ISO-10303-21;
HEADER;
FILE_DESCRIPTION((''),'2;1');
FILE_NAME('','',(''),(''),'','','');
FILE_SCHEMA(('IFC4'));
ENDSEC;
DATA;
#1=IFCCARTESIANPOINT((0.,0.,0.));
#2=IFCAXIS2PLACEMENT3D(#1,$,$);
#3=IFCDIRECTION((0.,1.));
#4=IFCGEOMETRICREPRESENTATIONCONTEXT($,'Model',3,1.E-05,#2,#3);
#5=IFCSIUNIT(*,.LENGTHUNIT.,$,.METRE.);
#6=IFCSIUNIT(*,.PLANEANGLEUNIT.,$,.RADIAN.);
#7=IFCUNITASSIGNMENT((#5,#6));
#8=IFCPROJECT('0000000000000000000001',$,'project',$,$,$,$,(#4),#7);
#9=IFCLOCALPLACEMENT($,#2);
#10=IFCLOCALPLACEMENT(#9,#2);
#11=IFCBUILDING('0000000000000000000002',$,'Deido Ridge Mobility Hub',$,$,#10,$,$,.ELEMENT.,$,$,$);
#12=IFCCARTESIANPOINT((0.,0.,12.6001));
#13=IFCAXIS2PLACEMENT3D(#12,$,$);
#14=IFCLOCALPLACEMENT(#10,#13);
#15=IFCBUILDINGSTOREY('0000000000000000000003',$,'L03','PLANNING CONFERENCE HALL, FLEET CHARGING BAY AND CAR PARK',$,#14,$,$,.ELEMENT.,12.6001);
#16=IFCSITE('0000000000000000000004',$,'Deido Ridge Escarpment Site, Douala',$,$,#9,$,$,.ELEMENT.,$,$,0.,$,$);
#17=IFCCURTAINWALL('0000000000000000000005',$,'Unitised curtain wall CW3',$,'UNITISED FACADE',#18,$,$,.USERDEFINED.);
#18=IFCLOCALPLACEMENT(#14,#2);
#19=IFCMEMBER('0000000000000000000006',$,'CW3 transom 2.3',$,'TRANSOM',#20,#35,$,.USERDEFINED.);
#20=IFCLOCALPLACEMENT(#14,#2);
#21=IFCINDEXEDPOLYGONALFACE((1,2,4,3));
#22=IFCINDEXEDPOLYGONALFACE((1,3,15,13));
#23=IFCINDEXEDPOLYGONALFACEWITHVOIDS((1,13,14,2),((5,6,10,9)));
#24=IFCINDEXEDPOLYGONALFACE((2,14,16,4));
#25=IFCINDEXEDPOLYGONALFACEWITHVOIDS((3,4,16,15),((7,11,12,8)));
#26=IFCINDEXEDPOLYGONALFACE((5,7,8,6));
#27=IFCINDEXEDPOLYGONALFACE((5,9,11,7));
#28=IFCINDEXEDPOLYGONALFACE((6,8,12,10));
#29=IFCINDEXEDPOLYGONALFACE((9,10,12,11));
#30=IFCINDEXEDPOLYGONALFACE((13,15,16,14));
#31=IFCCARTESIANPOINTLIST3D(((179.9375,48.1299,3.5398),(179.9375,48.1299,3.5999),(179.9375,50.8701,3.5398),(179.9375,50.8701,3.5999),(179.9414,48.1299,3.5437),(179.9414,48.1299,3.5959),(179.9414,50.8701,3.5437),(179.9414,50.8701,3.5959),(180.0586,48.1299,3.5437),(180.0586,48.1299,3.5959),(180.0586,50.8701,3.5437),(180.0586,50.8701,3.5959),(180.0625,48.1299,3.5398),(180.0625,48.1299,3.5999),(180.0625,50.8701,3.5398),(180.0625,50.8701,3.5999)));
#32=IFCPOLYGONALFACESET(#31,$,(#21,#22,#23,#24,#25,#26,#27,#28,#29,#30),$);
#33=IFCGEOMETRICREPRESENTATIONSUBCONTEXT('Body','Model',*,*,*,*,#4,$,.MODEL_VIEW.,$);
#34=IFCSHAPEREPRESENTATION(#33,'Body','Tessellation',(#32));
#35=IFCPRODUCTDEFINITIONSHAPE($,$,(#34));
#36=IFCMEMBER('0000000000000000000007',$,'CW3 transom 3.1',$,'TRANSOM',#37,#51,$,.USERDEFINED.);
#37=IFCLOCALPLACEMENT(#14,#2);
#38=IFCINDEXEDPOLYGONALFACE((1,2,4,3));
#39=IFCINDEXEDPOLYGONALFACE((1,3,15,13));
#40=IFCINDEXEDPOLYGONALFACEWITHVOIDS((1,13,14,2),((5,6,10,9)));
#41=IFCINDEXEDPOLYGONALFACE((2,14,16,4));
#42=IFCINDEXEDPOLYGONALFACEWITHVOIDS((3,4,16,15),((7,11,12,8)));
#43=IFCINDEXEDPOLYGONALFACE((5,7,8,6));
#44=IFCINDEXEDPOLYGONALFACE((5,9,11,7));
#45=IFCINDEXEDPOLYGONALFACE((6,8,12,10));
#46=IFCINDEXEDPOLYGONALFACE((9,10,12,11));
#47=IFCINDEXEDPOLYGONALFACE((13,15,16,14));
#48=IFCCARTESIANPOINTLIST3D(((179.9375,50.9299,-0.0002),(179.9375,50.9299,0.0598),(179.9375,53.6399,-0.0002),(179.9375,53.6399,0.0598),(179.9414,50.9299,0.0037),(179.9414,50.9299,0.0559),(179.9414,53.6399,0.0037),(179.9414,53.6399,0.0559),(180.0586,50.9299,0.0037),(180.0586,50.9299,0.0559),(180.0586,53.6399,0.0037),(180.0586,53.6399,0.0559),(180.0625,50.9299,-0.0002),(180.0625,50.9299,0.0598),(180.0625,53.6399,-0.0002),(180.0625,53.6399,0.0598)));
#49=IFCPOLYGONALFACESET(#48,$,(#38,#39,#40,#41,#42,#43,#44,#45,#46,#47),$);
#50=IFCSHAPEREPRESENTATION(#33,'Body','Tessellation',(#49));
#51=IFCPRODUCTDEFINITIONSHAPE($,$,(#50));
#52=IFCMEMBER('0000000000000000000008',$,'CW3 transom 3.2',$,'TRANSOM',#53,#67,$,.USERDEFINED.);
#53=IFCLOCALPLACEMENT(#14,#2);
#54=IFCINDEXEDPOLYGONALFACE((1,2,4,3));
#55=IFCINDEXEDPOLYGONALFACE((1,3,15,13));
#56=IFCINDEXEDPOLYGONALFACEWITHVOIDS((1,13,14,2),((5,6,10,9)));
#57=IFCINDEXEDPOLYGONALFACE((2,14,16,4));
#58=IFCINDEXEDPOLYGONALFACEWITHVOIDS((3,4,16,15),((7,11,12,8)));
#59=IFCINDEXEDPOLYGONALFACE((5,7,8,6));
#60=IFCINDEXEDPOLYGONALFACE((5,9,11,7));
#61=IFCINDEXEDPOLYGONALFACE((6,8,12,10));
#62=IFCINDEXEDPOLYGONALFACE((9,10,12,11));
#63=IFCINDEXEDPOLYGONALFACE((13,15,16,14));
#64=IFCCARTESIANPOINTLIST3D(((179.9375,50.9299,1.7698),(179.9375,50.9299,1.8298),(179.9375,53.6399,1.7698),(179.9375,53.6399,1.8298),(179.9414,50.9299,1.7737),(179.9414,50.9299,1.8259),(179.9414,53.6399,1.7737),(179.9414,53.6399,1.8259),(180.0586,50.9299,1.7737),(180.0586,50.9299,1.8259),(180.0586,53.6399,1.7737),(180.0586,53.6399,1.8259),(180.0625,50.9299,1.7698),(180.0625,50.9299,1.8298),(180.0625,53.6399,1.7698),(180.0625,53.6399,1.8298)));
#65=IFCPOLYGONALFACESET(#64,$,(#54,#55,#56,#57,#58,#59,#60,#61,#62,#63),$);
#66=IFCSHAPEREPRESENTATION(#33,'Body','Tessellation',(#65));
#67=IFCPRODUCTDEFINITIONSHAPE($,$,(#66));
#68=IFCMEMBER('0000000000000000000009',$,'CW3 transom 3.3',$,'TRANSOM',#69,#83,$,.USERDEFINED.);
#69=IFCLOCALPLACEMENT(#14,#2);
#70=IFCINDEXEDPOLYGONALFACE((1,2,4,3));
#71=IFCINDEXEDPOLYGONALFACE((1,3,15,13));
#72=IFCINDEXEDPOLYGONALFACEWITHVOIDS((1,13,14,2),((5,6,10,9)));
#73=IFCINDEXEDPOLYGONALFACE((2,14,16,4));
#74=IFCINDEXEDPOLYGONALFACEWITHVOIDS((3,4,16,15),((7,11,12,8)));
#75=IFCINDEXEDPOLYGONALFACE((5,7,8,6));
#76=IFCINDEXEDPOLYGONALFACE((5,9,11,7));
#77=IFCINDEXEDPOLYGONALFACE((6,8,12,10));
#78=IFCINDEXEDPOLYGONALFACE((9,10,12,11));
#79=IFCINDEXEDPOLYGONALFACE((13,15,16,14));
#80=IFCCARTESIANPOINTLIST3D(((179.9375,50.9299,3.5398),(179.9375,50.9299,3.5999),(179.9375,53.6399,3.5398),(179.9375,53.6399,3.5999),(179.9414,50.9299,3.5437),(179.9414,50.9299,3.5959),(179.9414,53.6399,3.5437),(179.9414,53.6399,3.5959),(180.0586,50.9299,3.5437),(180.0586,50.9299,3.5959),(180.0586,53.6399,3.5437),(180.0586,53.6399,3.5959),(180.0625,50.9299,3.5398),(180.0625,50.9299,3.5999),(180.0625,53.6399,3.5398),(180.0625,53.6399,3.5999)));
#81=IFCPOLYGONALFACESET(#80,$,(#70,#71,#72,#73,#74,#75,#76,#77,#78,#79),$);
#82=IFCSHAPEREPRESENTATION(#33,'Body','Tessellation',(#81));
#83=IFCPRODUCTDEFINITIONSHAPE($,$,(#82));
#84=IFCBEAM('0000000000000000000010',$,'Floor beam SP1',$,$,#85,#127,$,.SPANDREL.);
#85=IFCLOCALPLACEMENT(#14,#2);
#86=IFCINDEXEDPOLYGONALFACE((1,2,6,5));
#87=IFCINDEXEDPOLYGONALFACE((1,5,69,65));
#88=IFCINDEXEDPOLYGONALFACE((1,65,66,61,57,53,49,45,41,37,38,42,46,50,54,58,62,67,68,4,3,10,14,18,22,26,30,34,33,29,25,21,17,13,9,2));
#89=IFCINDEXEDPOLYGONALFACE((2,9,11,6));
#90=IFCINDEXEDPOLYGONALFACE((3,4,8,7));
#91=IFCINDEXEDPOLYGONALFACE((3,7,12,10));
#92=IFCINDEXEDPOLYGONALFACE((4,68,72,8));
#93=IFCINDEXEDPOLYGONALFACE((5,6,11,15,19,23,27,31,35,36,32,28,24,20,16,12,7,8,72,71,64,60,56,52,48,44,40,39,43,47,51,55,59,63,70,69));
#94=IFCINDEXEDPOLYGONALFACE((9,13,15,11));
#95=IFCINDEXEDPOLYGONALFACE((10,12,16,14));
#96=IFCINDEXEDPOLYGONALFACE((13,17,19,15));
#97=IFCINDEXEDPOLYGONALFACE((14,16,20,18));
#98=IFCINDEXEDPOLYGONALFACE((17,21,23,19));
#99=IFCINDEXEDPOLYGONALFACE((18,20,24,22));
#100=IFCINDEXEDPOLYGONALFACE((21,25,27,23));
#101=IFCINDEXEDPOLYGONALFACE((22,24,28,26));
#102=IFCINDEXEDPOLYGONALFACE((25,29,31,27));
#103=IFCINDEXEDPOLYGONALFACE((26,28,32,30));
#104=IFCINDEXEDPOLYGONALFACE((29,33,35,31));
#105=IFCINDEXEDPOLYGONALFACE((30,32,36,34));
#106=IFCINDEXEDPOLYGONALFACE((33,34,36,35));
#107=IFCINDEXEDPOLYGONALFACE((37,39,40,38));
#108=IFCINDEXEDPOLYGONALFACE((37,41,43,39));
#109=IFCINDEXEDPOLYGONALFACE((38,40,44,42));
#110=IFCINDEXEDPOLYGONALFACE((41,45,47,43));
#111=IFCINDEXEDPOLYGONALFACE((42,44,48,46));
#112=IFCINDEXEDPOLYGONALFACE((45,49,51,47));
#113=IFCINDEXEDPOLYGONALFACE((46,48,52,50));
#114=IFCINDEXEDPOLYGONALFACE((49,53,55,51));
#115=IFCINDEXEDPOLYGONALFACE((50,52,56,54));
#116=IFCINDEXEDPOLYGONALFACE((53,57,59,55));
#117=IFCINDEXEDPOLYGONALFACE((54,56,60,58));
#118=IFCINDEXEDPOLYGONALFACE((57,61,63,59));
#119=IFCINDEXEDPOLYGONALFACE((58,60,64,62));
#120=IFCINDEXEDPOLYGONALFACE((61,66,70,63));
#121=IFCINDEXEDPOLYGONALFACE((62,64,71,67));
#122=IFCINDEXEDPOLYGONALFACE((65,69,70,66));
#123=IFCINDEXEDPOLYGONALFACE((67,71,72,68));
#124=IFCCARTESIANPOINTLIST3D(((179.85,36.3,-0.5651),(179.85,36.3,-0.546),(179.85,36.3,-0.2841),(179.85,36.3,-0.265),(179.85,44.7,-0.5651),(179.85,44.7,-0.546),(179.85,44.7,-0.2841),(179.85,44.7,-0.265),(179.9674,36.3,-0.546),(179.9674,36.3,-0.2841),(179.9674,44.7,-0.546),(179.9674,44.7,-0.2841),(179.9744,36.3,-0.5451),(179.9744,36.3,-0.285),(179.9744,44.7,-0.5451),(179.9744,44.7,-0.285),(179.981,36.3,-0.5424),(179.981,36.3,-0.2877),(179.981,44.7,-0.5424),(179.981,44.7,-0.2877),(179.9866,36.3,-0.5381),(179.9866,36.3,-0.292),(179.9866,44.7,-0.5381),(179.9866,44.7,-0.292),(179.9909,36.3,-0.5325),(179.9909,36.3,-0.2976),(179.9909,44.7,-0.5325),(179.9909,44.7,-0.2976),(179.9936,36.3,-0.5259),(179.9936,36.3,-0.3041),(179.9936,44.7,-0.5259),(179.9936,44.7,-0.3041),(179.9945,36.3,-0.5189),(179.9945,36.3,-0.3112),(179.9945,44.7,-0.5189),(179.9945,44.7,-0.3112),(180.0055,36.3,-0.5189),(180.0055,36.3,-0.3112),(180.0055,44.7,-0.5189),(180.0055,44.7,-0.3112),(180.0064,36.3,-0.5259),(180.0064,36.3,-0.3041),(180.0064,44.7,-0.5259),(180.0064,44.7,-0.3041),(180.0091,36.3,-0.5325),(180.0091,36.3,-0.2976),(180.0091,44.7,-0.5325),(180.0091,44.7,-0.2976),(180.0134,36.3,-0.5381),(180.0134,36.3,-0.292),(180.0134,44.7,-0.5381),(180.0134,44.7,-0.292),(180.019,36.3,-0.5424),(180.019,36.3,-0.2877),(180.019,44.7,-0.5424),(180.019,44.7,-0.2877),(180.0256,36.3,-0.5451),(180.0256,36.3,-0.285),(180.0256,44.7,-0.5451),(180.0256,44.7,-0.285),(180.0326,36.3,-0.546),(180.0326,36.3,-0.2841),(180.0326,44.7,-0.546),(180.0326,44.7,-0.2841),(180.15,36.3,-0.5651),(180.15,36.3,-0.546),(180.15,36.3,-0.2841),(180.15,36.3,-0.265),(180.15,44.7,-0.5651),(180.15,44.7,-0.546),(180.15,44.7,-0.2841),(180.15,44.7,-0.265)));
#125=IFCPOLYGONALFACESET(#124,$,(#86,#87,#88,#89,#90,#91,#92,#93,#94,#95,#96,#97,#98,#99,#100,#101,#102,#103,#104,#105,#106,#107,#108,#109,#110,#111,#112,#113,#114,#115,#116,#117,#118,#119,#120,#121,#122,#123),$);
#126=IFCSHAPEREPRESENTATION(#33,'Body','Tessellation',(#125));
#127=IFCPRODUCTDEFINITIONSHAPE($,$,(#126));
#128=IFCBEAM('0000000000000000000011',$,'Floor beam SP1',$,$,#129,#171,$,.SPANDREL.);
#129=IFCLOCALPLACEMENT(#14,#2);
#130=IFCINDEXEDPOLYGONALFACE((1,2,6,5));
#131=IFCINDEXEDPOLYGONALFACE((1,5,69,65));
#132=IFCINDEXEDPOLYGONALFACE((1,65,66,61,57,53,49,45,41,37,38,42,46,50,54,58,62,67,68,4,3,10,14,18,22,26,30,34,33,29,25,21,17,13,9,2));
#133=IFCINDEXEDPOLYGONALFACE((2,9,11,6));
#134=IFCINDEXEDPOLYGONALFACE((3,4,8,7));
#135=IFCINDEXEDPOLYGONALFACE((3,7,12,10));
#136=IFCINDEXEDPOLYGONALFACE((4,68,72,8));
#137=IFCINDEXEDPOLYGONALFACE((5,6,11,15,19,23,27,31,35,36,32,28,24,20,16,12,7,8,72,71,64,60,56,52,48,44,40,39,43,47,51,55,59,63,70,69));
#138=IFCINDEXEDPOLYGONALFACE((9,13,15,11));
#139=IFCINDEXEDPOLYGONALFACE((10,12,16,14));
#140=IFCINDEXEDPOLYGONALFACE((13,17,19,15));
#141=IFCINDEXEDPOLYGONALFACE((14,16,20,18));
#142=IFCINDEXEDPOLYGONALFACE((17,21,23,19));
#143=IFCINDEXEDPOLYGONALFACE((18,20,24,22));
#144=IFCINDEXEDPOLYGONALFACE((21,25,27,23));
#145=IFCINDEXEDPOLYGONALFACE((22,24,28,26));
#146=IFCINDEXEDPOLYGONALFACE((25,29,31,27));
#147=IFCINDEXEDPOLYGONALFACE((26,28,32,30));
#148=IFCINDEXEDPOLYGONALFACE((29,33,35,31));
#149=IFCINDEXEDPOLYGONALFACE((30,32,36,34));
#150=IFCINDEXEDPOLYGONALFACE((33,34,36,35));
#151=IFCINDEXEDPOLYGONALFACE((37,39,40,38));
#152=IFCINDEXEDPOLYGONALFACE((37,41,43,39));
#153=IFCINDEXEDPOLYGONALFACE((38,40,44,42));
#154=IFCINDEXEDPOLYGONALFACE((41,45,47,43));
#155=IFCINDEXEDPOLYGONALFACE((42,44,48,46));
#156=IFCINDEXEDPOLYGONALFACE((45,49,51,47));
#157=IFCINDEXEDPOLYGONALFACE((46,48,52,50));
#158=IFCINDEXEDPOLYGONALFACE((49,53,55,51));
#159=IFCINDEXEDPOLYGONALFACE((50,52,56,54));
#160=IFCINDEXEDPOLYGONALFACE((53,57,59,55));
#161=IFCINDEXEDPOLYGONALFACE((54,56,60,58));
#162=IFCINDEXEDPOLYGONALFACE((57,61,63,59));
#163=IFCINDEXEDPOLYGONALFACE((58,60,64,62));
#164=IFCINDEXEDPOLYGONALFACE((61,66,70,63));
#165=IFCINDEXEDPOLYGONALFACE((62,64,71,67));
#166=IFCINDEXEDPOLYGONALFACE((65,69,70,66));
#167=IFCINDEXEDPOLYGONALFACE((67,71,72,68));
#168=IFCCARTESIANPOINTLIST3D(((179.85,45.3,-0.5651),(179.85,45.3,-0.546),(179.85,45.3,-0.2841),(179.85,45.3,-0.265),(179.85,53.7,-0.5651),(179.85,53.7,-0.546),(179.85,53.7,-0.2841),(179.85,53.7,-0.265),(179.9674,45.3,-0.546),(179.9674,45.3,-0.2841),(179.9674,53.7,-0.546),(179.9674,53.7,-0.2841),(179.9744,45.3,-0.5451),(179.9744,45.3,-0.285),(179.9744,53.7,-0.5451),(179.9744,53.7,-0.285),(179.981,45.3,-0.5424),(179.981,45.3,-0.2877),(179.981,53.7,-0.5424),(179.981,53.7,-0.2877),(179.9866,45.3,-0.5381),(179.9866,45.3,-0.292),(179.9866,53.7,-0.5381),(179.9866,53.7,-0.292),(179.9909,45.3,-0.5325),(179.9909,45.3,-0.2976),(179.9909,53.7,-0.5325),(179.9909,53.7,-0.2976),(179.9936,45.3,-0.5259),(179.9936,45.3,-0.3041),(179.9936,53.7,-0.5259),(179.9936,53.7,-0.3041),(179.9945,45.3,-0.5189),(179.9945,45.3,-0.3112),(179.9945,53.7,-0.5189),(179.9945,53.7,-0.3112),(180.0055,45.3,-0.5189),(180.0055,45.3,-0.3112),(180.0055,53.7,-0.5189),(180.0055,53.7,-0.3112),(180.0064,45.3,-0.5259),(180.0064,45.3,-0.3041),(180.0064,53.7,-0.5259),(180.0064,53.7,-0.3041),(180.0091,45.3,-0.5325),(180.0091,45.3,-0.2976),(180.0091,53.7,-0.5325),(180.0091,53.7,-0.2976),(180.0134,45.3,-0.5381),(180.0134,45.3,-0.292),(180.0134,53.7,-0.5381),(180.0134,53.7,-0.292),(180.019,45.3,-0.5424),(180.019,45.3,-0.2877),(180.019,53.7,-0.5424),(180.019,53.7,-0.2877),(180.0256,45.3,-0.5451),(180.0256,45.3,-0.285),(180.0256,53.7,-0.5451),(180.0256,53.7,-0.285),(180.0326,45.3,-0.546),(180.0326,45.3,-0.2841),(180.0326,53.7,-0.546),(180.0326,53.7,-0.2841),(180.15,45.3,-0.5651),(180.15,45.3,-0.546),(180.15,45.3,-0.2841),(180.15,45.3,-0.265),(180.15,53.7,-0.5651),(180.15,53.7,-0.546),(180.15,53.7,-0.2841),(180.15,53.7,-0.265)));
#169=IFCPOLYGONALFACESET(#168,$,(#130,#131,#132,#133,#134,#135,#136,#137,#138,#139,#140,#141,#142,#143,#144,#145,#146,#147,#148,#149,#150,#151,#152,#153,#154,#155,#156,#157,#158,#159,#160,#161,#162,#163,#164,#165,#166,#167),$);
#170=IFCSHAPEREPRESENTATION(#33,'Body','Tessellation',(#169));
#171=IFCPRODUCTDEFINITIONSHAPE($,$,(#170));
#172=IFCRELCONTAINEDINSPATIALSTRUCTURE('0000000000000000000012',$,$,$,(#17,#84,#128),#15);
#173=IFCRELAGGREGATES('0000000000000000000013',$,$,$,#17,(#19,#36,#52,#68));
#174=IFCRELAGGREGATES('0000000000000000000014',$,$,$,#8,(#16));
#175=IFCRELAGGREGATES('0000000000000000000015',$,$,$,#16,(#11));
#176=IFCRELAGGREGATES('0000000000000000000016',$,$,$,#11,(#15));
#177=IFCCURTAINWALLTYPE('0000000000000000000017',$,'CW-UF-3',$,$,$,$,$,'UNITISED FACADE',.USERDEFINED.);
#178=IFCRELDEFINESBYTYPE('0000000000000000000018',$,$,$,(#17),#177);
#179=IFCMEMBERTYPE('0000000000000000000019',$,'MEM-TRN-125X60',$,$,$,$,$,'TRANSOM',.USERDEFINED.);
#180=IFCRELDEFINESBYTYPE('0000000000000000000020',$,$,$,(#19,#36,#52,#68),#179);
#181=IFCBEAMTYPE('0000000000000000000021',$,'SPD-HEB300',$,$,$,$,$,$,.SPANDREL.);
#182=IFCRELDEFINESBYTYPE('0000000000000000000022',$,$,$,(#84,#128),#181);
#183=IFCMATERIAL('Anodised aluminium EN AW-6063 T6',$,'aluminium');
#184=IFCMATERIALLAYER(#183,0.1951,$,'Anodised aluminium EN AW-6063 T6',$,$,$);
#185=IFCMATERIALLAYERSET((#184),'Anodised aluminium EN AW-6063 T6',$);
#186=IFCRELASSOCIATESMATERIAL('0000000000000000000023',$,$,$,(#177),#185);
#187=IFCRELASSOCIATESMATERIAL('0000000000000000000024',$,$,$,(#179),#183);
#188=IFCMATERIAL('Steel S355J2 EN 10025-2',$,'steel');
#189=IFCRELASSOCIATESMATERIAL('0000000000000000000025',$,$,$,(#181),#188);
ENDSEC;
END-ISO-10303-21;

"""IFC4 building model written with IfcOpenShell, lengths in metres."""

from ifc_helpers import new_model, si_unit, direction, frame, origin, origin_2d, place, context, subcontext, project, spatial, hollow_rectangle, i_section, extrude, material, layer, layer_set, material_profile, profile_set, type_object, element, aggregate, save


model = new_model("IFC4")

# Units and contexts
model_context = context("Model", 3, precision=1e-05, world=origin(), true_north=direction((0.0, 1.0)))
body_context = subcontext(model_context, "Body", "Model", "MODEL_VIEW")
ifc_project = project(units=[si_unit("LENGTHUNIT", "METRE"), si_unit("PLANEANGLEUNIT", "RADIAN")], contexts=[model_context])

# Site, building, storey
site_placement = place(None, origin())
site = spatial("IfcSite", under=ifc_project, at=site_placement, Name="Deido Ridge Escarpment Site, Douala", CompositionType="ELEMENT", RefElevation=0.0)
building_placement = place(site_placement, origin())
building = spatial("IfcBuilding", under=site, at=building_placement, Name="Deido Ridge Mobility Hub", CompositionType="ELEMENT")
storey_placement = place(building_placement, frame((0.0, 0.0, 12.6001)))
storey = spatial("IfcBuildingStorey", under=building, at=storey_placement, Name="L03", Description="PLANNING CONFERENCE HALL, FLEET CHARGING BAY AND CAR PARK", CompositionType="ELEMENT", Elevation=12.6001)

# Shared definitions
ifc_material_1 = material(Name="Steel S355J2 EN 10025-2", Category="steel")

# Curtain wall
ifc_material_2 = material(Name="Anodised aluminium EN AW-6063 T6", Category="aluminium")
ifc_layer_1 = layer(ifc_material_2, 0.1951, Name="Anodised aluminium EN AW-6063 T6")
ifc_layer_set_1 = layer_set([ifc_layer_1], Name="Anodised aluminium EN AW-6063 T6")
curtain_wall_type = type_object("IfcCurtainWallType", Name="CW-UF-3", ElementType="UNITISED FACADE", PredefinedType="USERDEFINED", material=ifc_layer_set_1)
curtain_wall_placement = place(storey_placement, origin())
curtain_wall = element("IfcCurtainWall", 1, at=curtain_wall_placement, inside=storey, type_object=curtain_wall_type, Name="Unitised curtain wall CW3", ObjectType="UNITISED FACADE", PredefinedType="USERDEFINED")

# Members
ifc_material_profile_1 = material_profile(ifc_material_2, hollow_rectangle(XDim=0.125, YDim=0.0601, WallThickness=0.0039, at=origin_2d()), Name="RHS 125x60x4")
ifc_profile_set_1 = profile_set([ifc_material_profile_1], Name="Anodised aluminium EN AW-6063 T6")
member_type_1 = type_object("IfcMemberType", Name="MEM-TRN-125X60", ElementType="TRANSOM", PredefinedType="USERDEFINED", material=ifc_profile_set_1)
member_1_placement = place(storey_placement, frame((180.0, 48.1299, 3.5698), z_axis=(0.0, 1.0, 0.0), x_axis=(-1.0, 0.0, 0.0)))
member_1 = element("IfcMember", 2, at=member_1_placement, type_object=member_type_1, Name="CW3 transom 2.3", ObjectType="TRANSOM", PredefinedType="USERDEFINED", context=body_context, shape_type="SweptSolid", body=[
    extrude(hollow_rectangle(XDim=0.125, YDim=0.0601, WallThickness=0.0039, at=origin_2d()), origin(), (0.0, 0.0, 1.0), 2.7402),
])
member_2_placement = place(storey_placement, frame((180.0, 50.9299, 0.0298), z_axis=(0.0, 1.0, 0.0), x_axis=(-1.0, 0.0, 0.0)))
member_2 = element("IfcMember", 3, at=member_2_placement, type_object=member_type_1, Name="CW3 transom 3.1", ObjectType="TRANSOM", PredefinedType="USERDEFINED", context=body_context, shape_type="SweptSolid", body=[
    extrude(hollow_rectangle(XDim=0.125, YDim=0.0601, WallThickness=0.0039, at=origin_2d()), origin(), (0.0, 0.0, 1.0), 2.71),
])
member_3_placement = place(storey_placement, frame((180.0, 50.9299, 1.7998), z_axis=(0.0, 1.0, 0.0), x_axis=(-1.0, 0.0, 0.0)))
member_3 = element("IfcMember", 4, at=member_3_placement, type_object=member_type_1, Name="CW3 transom 3.2", ObjectType="TRANSOM", PredefinedType="USERDEFINED", context=body_context, shape_type="SweptSolid", body=[
    extrude(hollow_rectangle(XDim=0.125, YDim=0.0601, WallThickness=0.0039, at=origin_2d()), origin(), (0.0, 0.0, 1.0), 2.71),
])
member_4_placement = place(storey_placement, frame((180.0, 50.9299, 3.5698), z_axis=(0.0, 1.0, 0.0), x_axis=(-1.0, 0.0, 0.0)))
member_4 = element("IfcMember", 5, at=member_4_placement, type_object=member_type_1, Name="CW3 transom 3.3", ObjectType="TRANSOM", PredefinedType="USERDEFINED", context=body_context, shape_type="SweptSolid", body=[
    extrude(hollow_rectangle(XDim=0.125, YDim=0.0601, WallThickness=0.0039, at=origin_2d()), origin(), (0.0, 0.0, 1.0), 2.71),
])

# Beams
ifc_material_profile_2 = material_profile(ifc_material_1, i_section(OverallWidth=0.3, OverallDepth=0.3, WebThickness=0.011, FlangeThickness=0.019, FilletRadius=0.0271, at=origin_2d()), Name="HEB 300")
ifc_profile_set_2 = profile_set([ifc_material_profile_2], Name="Steel S355J2 EN 10025-2")
beam_type = type_object("IfcBeamType", Name="SPD-HEB300", PredefinedType="SPANDREL", material=ifc_profile_set_2)
for number, where, z_axis, x_axis, name in (
    (6, (180.0, 36.3, -0.415), (0.0, 1.0, 0.0), (-1.0, 0.0, 0.0), "Floor beam SP1"),
    (7, (180.0, 45.3, -0.415), (0.0, 1.0, 0.0), (-1.0, 0.0, 0.0), "Floor beam SP1"),
):
    element("IfcBeam", number, at=place(storey_placement, frame(where, z_axis=z_axis, x_axis=x_axis)), inside=storey, type_object=beam_type, Name=name, PredefinedType="SPANDREL", context=body_context, shape_type="SweptSolid", body=[
        extrude(i_section(OverallWidth=0.3, OverallDepth=0.3, WebThickness=0.011, FlangeThickness=0.019, FilletRadius=0.0271, at=origin_2d()), origin(), (0.0, 0.0, 1.0), 8.3999),
    ])

aggregate(curtain_wall, [member_1, member_2, member_3, member_4])

save(model, "model.ifc")
